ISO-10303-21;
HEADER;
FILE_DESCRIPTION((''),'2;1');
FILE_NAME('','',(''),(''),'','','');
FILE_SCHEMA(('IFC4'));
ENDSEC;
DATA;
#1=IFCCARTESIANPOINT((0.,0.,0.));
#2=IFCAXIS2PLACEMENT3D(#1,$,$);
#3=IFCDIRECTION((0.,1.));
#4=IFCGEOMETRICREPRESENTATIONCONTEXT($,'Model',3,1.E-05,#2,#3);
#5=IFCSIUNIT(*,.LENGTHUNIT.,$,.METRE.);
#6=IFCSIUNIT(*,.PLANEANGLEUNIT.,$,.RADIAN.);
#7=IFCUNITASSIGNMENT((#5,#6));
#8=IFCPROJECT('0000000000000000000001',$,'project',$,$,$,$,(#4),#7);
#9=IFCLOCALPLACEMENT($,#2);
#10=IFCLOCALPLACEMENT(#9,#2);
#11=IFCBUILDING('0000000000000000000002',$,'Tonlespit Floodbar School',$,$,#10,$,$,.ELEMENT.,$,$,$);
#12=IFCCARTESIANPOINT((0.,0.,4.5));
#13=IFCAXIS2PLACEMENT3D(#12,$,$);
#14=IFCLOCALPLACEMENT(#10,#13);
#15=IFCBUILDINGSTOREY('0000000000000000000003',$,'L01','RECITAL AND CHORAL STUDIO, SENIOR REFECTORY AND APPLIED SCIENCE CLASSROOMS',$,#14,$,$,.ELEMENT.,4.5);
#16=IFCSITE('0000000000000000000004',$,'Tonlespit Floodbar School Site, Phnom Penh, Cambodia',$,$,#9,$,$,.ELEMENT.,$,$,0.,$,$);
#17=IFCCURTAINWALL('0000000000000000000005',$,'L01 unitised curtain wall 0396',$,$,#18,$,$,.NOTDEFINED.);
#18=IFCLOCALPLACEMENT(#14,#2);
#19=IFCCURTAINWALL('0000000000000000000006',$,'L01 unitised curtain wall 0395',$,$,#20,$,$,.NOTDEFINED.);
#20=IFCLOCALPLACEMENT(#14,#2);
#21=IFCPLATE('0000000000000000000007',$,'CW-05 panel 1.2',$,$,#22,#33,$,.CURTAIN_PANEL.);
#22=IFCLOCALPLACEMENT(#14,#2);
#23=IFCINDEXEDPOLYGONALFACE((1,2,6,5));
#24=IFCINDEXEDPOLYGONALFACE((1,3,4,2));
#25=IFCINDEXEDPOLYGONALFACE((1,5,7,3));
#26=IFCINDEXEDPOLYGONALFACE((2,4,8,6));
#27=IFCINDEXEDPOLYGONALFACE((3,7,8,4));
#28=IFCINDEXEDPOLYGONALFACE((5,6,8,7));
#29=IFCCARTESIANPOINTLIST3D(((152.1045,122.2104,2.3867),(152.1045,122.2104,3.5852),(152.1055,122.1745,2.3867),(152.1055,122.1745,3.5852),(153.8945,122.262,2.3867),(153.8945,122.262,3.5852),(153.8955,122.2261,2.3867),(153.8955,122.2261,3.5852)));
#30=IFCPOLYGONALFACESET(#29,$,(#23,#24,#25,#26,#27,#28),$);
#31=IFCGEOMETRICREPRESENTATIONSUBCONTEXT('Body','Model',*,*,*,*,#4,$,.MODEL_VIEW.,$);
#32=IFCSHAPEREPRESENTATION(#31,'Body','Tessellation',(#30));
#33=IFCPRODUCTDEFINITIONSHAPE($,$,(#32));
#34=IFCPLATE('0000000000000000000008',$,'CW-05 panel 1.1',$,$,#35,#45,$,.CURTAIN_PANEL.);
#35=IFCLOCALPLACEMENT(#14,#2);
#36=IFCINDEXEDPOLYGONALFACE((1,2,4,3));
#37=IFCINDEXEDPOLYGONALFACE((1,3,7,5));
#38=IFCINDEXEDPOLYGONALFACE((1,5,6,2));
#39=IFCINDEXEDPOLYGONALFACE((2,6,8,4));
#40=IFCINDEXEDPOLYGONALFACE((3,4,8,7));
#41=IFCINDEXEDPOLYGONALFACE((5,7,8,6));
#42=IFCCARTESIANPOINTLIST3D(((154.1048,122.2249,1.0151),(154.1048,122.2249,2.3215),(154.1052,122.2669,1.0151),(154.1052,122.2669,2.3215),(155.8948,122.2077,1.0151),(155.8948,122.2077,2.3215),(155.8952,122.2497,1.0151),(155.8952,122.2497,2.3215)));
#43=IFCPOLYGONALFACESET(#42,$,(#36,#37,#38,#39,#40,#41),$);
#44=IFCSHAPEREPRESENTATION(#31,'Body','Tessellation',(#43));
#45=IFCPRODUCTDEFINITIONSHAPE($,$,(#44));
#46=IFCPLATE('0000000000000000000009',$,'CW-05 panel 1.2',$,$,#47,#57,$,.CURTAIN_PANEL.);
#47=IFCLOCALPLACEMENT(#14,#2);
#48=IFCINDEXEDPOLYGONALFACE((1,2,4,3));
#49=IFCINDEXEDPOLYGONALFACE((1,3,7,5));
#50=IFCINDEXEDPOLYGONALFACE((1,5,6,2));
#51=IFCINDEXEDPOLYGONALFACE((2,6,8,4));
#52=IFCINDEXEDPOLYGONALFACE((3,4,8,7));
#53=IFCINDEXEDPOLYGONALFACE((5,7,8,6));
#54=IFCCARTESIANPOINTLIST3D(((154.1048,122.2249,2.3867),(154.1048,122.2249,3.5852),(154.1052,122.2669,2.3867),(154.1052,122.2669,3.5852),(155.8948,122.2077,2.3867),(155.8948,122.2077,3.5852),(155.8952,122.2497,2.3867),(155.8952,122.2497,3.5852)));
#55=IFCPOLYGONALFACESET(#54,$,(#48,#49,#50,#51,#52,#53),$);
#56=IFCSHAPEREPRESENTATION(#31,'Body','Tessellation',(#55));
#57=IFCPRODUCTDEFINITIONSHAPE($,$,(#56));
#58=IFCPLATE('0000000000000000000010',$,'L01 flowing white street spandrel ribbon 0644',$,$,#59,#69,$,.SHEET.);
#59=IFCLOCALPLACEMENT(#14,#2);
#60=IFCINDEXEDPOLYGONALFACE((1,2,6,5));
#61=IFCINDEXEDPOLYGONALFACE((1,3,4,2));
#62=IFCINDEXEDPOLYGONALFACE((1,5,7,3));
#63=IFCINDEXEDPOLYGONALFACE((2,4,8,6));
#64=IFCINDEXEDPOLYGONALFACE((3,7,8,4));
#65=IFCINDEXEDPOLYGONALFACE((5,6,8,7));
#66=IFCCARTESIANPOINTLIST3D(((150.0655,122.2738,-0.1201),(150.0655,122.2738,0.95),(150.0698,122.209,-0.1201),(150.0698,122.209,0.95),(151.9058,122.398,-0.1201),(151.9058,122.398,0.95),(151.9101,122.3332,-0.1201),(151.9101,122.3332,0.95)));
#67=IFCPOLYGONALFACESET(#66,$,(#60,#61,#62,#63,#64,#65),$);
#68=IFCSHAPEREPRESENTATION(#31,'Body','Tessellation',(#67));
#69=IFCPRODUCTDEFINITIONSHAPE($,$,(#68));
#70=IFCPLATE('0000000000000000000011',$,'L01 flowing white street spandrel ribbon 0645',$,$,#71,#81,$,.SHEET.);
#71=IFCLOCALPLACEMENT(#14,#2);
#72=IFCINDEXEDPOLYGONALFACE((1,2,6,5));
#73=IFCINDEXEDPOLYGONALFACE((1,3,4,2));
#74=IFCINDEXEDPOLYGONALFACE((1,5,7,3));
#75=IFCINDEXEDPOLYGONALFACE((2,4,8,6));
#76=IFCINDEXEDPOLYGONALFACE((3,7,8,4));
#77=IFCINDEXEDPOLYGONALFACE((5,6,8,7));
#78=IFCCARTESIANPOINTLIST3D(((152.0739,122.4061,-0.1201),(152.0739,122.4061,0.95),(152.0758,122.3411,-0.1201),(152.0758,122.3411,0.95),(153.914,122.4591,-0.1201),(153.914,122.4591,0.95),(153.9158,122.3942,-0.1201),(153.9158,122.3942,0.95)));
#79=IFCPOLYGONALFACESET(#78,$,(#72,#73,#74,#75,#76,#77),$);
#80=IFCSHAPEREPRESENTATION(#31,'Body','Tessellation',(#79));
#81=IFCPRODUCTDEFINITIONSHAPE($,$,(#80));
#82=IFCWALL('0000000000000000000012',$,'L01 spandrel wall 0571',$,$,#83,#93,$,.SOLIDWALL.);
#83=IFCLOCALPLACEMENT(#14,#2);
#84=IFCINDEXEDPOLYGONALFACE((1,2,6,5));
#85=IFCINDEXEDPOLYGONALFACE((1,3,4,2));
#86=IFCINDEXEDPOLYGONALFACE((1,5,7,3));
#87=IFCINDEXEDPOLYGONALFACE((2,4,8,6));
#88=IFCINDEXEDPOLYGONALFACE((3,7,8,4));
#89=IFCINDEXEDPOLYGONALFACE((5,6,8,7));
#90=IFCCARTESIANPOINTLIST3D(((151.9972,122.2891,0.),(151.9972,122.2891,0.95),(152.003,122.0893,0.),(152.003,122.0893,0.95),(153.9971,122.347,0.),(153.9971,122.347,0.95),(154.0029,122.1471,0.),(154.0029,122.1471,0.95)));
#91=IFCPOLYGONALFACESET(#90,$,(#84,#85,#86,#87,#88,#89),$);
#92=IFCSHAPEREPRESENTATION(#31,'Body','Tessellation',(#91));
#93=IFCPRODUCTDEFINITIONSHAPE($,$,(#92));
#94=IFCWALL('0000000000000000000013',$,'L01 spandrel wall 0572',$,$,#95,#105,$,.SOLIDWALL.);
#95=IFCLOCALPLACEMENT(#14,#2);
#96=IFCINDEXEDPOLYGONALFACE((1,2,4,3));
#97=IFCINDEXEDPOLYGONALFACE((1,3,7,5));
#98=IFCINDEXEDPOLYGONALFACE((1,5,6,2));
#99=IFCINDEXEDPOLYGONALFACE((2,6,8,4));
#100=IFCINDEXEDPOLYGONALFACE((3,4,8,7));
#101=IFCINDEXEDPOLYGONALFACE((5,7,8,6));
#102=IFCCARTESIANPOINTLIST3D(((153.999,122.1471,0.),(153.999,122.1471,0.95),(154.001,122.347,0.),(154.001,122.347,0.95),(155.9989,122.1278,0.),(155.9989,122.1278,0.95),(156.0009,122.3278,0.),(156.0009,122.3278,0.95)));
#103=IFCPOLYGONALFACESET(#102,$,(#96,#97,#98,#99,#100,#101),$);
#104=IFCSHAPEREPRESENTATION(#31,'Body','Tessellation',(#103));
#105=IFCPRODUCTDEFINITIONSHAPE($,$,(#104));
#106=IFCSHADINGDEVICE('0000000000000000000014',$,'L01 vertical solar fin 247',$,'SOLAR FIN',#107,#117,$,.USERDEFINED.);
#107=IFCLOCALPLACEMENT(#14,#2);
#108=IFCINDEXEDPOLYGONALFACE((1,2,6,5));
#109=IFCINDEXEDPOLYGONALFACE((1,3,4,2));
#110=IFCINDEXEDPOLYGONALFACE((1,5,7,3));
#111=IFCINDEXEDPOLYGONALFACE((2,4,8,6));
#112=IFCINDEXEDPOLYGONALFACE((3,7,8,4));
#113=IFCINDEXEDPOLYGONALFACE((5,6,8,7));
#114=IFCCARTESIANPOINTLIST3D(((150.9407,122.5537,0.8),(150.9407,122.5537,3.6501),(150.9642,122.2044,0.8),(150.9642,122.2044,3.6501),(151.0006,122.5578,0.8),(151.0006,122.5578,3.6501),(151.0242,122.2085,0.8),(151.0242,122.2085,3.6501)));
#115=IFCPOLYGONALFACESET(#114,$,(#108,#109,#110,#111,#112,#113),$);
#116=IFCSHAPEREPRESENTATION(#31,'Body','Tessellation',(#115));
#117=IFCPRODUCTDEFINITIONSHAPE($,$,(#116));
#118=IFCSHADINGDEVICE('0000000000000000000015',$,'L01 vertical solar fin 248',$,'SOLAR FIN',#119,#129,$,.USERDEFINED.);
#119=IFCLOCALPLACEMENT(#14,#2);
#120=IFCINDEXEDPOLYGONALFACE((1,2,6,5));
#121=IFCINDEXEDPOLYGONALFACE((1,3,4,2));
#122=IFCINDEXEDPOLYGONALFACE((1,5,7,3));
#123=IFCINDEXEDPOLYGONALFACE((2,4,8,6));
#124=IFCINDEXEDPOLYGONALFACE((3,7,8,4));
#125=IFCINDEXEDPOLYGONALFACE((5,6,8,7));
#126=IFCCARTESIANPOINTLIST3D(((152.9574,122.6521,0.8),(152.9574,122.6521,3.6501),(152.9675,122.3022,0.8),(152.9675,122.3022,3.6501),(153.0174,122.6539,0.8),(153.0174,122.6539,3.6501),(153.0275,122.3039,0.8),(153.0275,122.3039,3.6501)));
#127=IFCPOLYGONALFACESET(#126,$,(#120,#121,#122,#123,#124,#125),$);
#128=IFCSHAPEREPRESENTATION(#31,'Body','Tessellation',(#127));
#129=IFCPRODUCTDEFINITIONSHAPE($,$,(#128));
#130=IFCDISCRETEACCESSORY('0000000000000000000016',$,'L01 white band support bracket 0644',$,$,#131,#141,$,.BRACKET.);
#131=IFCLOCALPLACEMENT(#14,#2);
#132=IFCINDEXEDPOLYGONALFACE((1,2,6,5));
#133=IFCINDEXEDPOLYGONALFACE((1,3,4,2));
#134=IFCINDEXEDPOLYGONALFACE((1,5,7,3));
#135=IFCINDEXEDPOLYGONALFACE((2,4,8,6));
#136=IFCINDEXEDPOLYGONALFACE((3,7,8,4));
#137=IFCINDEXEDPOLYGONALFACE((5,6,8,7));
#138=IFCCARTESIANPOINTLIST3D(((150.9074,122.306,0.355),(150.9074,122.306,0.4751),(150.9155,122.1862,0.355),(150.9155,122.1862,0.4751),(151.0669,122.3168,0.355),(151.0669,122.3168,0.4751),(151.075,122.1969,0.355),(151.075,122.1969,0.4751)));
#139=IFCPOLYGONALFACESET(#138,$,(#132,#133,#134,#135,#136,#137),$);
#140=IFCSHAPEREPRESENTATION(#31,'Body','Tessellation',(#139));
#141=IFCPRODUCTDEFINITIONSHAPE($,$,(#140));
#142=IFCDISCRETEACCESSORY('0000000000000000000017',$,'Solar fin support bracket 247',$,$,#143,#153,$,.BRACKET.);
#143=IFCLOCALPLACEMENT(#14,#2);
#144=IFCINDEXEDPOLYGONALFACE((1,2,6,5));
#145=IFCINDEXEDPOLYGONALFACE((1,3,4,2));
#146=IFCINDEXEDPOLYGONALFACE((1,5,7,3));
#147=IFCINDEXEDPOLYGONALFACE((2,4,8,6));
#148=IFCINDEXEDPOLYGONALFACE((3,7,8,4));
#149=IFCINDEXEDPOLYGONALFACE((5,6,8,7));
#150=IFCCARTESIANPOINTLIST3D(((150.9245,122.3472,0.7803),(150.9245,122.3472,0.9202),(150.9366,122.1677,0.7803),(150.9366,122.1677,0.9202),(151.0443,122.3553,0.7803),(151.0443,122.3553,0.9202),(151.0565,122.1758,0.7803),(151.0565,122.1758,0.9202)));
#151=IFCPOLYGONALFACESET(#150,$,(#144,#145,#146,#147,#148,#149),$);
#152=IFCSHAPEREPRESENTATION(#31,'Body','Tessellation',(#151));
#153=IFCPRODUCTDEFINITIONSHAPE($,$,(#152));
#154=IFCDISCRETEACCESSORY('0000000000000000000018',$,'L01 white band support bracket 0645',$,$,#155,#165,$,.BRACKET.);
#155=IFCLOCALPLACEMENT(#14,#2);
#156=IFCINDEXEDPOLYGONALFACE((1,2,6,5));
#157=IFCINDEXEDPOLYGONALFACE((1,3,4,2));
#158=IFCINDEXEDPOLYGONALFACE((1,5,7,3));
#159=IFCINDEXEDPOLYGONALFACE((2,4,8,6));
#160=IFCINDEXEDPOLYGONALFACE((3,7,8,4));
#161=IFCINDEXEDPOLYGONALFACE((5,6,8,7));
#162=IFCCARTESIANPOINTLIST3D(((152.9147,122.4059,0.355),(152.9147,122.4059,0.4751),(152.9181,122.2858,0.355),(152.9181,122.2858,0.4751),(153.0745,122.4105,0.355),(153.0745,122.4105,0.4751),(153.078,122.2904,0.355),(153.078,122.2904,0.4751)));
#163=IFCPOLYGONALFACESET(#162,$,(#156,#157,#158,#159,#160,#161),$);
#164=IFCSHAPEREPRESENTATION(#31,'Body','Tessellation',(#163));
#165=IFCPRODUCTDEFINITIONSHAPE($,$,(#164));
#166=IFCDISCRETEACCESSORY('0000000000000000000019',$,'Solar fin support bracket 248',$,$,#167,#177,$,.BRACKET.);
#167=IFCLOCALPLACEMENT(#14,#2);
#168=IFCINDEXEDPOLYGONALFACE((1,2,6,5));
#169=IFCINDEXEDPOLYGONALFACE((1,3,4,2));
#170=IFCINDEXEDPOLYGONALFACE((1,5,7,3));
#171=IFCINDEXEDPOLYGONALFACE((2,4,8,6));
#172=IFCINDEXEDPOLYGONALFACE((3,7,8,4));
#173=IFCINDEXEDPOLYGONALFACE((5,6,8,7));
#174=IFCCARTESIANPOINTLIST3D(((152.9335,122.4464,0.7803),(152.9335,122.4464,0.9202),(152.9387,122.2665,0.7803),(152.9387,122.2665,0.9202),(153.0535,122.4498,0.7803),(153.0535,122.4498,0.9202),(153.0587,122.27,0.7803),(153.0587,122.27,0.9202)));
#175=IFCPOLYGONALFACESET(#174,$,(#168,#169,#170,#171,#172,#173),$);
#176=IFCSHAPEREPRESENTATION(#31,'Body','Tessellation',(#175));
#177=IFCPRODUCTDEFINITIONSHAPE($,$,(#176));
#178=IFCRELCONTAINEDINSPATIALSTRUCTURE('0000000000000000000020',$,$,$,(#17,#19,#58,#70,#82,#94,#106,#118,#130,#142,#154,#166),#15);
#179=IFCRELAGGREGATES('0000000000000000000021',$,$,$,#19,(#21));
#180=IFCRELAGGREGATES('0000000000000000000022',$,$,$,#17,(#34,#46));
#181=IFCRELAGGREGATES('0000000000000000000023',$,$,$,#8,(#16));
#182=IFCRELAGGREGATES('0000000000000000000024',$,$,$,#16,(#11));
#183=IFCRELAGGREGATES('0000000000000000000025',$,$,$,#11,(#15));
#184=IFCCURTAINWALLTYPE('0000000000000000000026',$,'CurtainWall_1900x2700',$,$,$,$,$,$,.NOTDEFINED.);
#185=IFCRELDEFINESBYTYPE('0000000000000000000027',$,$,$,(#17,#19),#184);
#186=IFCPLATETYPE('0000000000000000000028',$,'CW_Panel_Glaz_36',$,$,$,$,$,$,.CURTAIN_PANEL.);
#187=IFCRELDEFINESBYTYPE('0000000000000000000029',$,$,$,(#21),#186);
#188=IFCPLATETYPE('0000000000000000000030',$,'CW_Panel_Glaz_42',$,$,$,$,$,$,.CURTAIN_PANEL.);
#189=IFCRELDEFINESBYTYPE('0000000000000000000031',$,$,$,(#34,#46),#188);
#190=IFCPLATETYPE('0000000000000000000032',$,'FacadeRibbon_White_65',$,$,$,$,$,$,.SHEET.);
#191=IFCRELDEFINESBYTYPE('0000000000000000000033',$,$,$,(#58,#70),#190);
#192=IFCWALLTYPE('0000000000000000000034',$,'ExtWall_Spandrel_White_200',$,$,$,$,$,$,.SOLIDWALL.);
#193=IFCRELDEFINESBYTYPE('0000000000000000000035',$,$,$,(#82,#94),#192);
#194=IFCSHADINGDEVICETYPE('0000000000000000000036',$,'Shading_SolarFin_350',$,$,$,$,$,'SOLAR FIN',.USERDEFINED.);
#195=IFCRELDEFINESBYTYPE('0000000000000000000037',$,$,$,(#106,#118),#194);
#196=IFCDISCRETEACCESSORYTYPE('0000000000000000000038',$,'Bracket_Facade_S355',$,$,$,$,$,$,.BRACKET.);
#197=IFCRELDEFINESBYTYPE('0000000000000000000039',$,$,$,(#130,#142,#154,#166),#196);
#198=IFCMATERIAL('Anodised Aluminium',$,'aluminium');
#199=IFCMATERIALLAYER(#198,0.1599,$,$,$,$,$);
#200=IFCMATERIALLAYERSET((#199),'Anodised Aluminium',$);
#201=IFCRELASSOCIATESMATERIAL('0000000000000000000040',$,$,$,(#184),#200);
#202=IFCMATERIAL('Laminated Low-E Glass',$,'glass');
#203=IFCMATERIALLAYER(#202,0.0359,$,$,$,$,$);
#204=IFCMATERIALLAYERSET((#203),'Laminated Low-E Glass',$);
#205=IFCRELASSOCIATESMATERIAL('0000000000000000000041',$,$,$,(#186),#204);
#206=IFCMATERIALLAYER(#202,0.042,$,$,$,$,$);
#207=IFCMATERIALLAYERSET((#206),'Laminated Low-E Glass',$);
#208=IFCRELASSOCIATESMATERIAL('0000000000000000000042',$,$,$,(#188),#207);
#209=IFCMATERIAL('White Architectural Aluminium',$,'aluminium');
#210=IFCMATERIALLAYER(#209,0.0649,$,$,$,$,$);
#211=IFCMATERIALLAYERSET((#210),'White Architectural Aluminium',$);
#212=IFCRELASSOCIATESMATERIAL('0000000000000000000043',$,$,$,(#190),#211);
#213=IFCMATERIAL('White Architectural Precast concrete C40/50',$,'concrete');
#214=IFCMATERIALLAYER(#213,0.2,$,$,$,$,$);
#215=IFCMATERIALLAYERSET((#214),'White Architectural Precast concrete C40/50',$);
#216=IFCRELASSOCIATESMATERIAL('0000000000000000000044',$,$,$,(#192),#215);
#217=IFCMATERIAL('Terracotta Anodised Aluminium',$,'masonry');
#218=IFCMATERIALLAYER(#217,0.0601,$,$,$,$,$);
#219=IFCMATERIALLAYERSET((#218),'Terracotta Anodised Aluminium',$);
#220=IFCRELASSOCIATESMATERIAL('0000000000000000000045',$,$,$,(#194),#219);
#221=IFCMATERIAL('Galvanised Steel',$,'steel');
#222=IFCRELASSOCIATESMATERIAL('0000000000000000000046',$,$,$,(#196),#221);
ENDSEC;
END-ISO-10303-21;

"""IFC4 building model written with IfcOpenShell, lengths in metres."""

from ifc_helpers import new_model, si_unit, direction, frame, frame_2d, origin, origin_2d, place, context, subcontext, project, spatial, rectangle, extrude, material, layer, layer_set, type_object, element, aggregate, save


model = new_model("IFC4")

# Units and contexts
model_context = context("Model", 3, precision=1e-05, world=origin(), true_north=direction((0.0, 1.0)))
body_context = subcontext(model_context, "Body", "Model", "MODEL_VIEW")
ifc_project = project(units=[si_unit("LENGTHUNIT", "METRE"), si_unit("PLANEANGLEUNIT", "RADIAN")], contexts=[model_context])

# Site, building, storey
site_placement = place(None, origin())
site = spatial("IfcSite", under=ifc_project, at=site_placement, Name="Tonlespit Floodbar School Site, Phnom Penh, Cambodia", CompositionType="ELEMENT", RefElevation=0.0)
building_placement = place(site_placement, origin())
building = spatial("IfcBuilding", under=site, at=building_placement, Name="Tonlespit Floodbar School", CompositionType="ELEMENT")
storey_placement = place(building_placement, frame((0.0, 0.0, 4.5)))
storey = spatial("IfcBuildingStorey", under=building, at=storey_placement, Name="L01", Description="RECITAL AND CHORAL STUDIO, SENIOR REFECTORY AND APPLIED SCIENCE CLASSROOMS", CompositionType="ELEMENT", Elevation=4.5)

# Curtain wall
ifc_material_1 = material(Name="Anodised Aluminium", Category="aluminium")
ifc_layer_1 = layer(ifc_material_1, 0.1599)
ifc_layer_set_1 = layer_set([ifc_layer_1], Name="Anodised Aluminium")
curtain_wall_type = type_object("IfcCurtainWallType", Name="CurtainWall_1900x2700", PredefinedType="NOTDEFINED", material=ifc_layer_set_1)
curtain_wall_1_placement = place(storey_placement, origin())
curtain_wall_1 = element("IfcCurtainWall", 1, at=curtain_wall_1_placement, inside=storey, type_object=curtain_wall_type, Name="L01 unitised curtain wall 0396", PredefinedType="NOTDEFINED")

# Curtain wall
curtain_wall_2_placement = place(storey_placement, origin())
curtain_wall_2 = element("IfcCurtainWall", 2, at=curtain_wall_2_placement, inside=storey, type_object=curtain_wall_type, Name="L01 unitised curtain wall 0395", PredefinedType="NOTDEFINED")

# Plates
ifc_material_2 = material(Name="Laminated Low-E Glass", Category="glass")
ifc_layer_2 = layer(ifc_material_2, 0.0359)
ifc_layer_set_2 = layer_set([ifc_layer_2], Name="Laminated Low-E Glass")
plate_type_1 = type_object("IfcPlateType", Name="CW_Panel_Glaz_36", PredefinedType="CURTAIN_PANEL", material=ifc_layer_set_2)
plate_1_placement = place(storey_placement, frame((153.0, 122.2183, 2.3867), z_axis=(0.0, 0.0, 1.0), x_axis=(0.999585, 0.02879, 0.0)))
plate_1 = element("IfcPlate", 3, at=plate_1_placement, type_object=plate_type_1, Name="CW-05 panel 1.2", PredefinedType="CURTAIN_PANEL", context=body_context, shape_type="SweptSolid", body=[
    extrude(rectangle(XDim=1.7908, YDim=0.0359, at=origin_2d()), origin(), (0.0, 0.0, 1.0), 1.1985),
])
aggregate(curtain_wall_2, [plate_1])
ifc_layer_3 = layer(ifc_material_2, 0.042)
ifc_layer_set_3 = layer_set([ifc_layer_3], Name="Laminated Low-E Glass")
plate_type_2 = type_object("IfcPlateType", Name="CW_Panel_Glaz_42", PredefinedType="CURTAIN_PANEL", material=ifc_layer_set_3)
plate_2_placement = place(storey_placement, frame((155.0, 122.2373, 1.0151), z_axis=(0.0, 0.0, 1.0), x_axis=(0.999954, -0.009583, 0.0)))
plate_2 = element("IfcPlate", 4, at=plate_2_placement, type_object=plate_type_2, Name="CW-05 panel 1.1", PredefinedType="CURTAIN_PANEL", context=body_context, shape_type="SweptSolid", body=[
    extrude(rectangle(XDim=1.79, YDim=0.042, at=origin_2d()), origin(), (0.0, 0.0, 1.0), 1.3064),
])
plate_3_placement = place(storey_placement, frame((155.0, 122.2373, 2.3867), z_axis=(0.0, 0.0, 1.0), x_axis=(0.999954, -0.009583, 0.0)))
plate_3 = element("IfcPlate", 5, at=plate_3_placement, type_object=plate_type_2, Name="CW-05 panel 1.2", PredefinedType="CURTAIN_PANEL", context=body_context, shape_type="SweptSolid", body=[
    extrude(rectangle(XDim=1.79, YDim=0.042, at=origin_2d()), origin(), (0.0, 0.0, 1.0), 1.1985),
])
aggregate(curtain_wall_1, [plate_2, plate_3])

# Plates
ifc_material_3 = material(Name="White Architectural Aluminium", Category="aluminium")
ifc_layer_4 = layer(ifc_material_3, 0.0649)
ifc_layer_set_4 = layer_set([ifc_layer_4], Name="White Architectural Aluminium")
plate_type_3 = type_object("IfcPlateType", Name="FacadeRibbon_White_65", PredefinedType="SHEET", material=ifc_layer_set_4)
plate_4_placement = place(storey_placement, frame((150.9878, 122.3035, -0.1201), z_axis=(0.0, 0.0, 1.0), x_axis=(0.99773, 0.067347, 0.0)))
element("IfcPlate", 6, at=plate_4_placement, inside=storey, type_object=plate_type_3, Name="L01 flowing white street spandrel ribbon 0644", PredefinedType="SHEET", context=body_context, shape_type="SweptSolid", body=[
    extrude(rectangle(XDim=1.8445, YDim=0.0649, at=origin_2d()), origin(), (0.0, 0.0, 1.0), 1.0701),
])
plate_5_placement = place(storey_placement, frame((152.9949, 122.4001, -0.1201), z_axis=(0.0, 0.0, 1.0), x_axis=(0.999584, 0.028838, 0.0)))
element("IfcPlate", 7, at=plate_5_placement, inside=storey, type_object=plate_type_3, Name="L01 flowing white street spandrel ribbon 0645", PredefinedType="SHEET", context=body_context, shape_type="SweptSolid", body=[
    extrude(rectangle(XDim=1.8408, YDim=0.0649, at=origin_2d()), origin(), (0.0, 0.0, 1.0), 1.0701),
])

# Walls
ifc_material_4 = material(Name="White Architectural Precast concrete C40/50", Category="concrete")
ifc_layer_5 = layer(ifc_material_4, 0.2)
ifc_layer_set_5 = layer_set([ifc_layer_5], Name="White Architectural Precast concrete C40/50")
wall_type = type_object("IfcWallType", Name="ExtWall_Spandrel_White_200", PredefinedType="SOLIDWALL", material=ifc_layer_set_5)
wall_1_placement = place(storey_placement, frame((152.0, 122.1892, 0.0), z_axis=(0.0, 0.0, 1.0), x_axis=(0.999582, 0.028919, 0.0)))
element("IfcWall", 8, at=wall_1_placement, inside=storey, type_object=wall_type, Name="L01 spandrel wall 0571", PredefinedType="SOLIDWALL", context=body_context, shape_type="SweptSolid", body=[
    extrude(rectangle(XDim=2.0007, YDim=0.2, at=frame_2d((1.0005, 0.0))), origin(), (0.0, 0.0, 1.0), 0.95),
])
wall_2_placement = place(storey_placement, frame((154.0, 122.2471, 0.0), z_axis=(0.0, 0.0, 1.0), x_axis=(0.999954, -0.009643, 0.0)))
element("IfcWall", 9, at=wall_2_placement, inside=storey, type_object=wall_type, Name="L01 spandrel wall 0572", PredefinedType="SOLIDWALL", context=body_context, shape_type="SweptSolid", body=[
    extrude(rectangle(XDim=2.0, YDim=0.2, at=frame_2d((1.0, 0.0))), origin(), (0.0, 0.0, 1.0), 0.95),
])

# Shading devices
ifc_material_5 = material(Name="Terracotta Anodised Aluminium", Category="masonry")
ifc_layer_6 = layer(ifc_material_5, 0.0601)
ifc_layer_set_6 = layer_set([ifc_layer_6], Name="Terracotta Anodised Aluminium")
shading_device_type = type_object("IfcShadingDeviceType", Name="Shading_SolarFin_350", ElementType="SOLAR FIN", PredefinedType="USERDEFINED", material=ifc_layer_set_6)
for number, where, z_axis, x_axis, name in (
    (10, (150.9824, 122.3811, 0.8), (0.0, 0.0, 1.0), (0.99773, 0.067347, 0.0), "L01 vertical solar fin 247"),
    (11, (152.9924, 122.478, 0.8), (0.0, 0.0, 1.0), (0.999584, 0.028838, 0.0), "L01 vertical solar fin 248"),
):
    element("IfcShadingDevice", number, at=place(storey_placement, frame(where, z_axis=z_axis, x_axis=x_axis)), inside=storey, type_object=shading_device_type, Name=name, ObjectType="SOLAR FIN", PredefinedType="USERDEFINED", context=body_context, shape_type="SweptSolid", body=[
        extrude(rectangle(XDim=0.0601, YDim=0.3501, at=origin_2d()), origin(), (0.0, 0.0, 1.0), 2.8501),
    ])

# Discrete accessories
ifc_material_6 = material(Name="Galvanised Steel", Category="steel")
discrete_accessory_type = type_object("IfcDiscreteAccessoryType", Name="Bracket_Facade_S355", PredefinedType="BRACKET", material=ifc_material_6)
discrete_accessory_1_placement = place(storey_placement, frame((150.9912, 122.2515, 0.355), z_axis=(0.0, 0.0, 1.0), x_axis=(0.99773, 0.067347, 0.0)))
element("IfcDiscreteAccessory", 12, at=discrete_accessory_1_placement, inside=storey, type_object=discrete_accessory_type, Name="L01 white band support bracket 0644", PredefinedType="BRACKET", context=body_context, shape_type="SweptSolid", body=[
    extrude(rectangle(XDim=0.1599, YDim=0.1201, at=origin_2d()), origin(), (0.0, 0.0, 1.0), 0.1201),
])
discrete_accessory_2_placement = place(storey_placement, frame((150.9905, 122.2615, 0.7803), z_axis=(0.0, 0.0, 1.0), x_axis=(0.99773, 0.067347, 0.0)))
element("IfcDiscreteAccessory", 13, at=discrete_accessory_2_placement, inside=storey, type_object=discrete_accessory_type, Name="Solar fin support bracket 247", PredefinedType="BRACKET", context=body_context, shape_type="SweptSolid", body=[
    extrude(rectangle(XDim=0.1201, YDim=0.1799, at=origin_2d()), origin(), (0.0, 0.0, 1.0), 0.1399),
])
discrete_accessory_3_placement = place(storey_placement, frame((152.9963, 122.3481, 0.355), z_axis=(0.0, 0.0, 1.0), x_axis=(0.999584, 0.028838, 0.0)))
element("IfcDiscreteAccessory", 14, at=discrete_accessory_3_placement, inside=storey, type_object=discrete_accessory_type, Name="L01 white band support bracket 0645", PredefinedType="BRACKET", context=body_context, shape_type="SweptSolid", body=[
    extrude(rectangle(XDim=0.1599, YDim=0.1201, at=origin_2d()), origin(), (0.0, 0.0, 1.0), 0.1201),
])
discrete_accessory_4_placement = place(storey_placement, frame((152.9961, 122.3582, 0.7803), z_axis=(0.0, 0.0, 1.0), x_axis=(0.999584, 0.028838, 0.0)))
element("IfcDiscreteAccessory", 15, at=discrete_accessory_4_placement, inside=storey, type_object=discrete_accessory_type, Name="Solar fin support bracket 248", PredefinedType="BRACKET", context=body_context, shape_type="SweptSolid", body=[
    extrude(rectangle(XDim=0.1201, YDim=0.1799, at=origin_2d()), origin(), (0.0, 0.0, 1.0), 0.1399),
])

save(model, "model.ifc")
